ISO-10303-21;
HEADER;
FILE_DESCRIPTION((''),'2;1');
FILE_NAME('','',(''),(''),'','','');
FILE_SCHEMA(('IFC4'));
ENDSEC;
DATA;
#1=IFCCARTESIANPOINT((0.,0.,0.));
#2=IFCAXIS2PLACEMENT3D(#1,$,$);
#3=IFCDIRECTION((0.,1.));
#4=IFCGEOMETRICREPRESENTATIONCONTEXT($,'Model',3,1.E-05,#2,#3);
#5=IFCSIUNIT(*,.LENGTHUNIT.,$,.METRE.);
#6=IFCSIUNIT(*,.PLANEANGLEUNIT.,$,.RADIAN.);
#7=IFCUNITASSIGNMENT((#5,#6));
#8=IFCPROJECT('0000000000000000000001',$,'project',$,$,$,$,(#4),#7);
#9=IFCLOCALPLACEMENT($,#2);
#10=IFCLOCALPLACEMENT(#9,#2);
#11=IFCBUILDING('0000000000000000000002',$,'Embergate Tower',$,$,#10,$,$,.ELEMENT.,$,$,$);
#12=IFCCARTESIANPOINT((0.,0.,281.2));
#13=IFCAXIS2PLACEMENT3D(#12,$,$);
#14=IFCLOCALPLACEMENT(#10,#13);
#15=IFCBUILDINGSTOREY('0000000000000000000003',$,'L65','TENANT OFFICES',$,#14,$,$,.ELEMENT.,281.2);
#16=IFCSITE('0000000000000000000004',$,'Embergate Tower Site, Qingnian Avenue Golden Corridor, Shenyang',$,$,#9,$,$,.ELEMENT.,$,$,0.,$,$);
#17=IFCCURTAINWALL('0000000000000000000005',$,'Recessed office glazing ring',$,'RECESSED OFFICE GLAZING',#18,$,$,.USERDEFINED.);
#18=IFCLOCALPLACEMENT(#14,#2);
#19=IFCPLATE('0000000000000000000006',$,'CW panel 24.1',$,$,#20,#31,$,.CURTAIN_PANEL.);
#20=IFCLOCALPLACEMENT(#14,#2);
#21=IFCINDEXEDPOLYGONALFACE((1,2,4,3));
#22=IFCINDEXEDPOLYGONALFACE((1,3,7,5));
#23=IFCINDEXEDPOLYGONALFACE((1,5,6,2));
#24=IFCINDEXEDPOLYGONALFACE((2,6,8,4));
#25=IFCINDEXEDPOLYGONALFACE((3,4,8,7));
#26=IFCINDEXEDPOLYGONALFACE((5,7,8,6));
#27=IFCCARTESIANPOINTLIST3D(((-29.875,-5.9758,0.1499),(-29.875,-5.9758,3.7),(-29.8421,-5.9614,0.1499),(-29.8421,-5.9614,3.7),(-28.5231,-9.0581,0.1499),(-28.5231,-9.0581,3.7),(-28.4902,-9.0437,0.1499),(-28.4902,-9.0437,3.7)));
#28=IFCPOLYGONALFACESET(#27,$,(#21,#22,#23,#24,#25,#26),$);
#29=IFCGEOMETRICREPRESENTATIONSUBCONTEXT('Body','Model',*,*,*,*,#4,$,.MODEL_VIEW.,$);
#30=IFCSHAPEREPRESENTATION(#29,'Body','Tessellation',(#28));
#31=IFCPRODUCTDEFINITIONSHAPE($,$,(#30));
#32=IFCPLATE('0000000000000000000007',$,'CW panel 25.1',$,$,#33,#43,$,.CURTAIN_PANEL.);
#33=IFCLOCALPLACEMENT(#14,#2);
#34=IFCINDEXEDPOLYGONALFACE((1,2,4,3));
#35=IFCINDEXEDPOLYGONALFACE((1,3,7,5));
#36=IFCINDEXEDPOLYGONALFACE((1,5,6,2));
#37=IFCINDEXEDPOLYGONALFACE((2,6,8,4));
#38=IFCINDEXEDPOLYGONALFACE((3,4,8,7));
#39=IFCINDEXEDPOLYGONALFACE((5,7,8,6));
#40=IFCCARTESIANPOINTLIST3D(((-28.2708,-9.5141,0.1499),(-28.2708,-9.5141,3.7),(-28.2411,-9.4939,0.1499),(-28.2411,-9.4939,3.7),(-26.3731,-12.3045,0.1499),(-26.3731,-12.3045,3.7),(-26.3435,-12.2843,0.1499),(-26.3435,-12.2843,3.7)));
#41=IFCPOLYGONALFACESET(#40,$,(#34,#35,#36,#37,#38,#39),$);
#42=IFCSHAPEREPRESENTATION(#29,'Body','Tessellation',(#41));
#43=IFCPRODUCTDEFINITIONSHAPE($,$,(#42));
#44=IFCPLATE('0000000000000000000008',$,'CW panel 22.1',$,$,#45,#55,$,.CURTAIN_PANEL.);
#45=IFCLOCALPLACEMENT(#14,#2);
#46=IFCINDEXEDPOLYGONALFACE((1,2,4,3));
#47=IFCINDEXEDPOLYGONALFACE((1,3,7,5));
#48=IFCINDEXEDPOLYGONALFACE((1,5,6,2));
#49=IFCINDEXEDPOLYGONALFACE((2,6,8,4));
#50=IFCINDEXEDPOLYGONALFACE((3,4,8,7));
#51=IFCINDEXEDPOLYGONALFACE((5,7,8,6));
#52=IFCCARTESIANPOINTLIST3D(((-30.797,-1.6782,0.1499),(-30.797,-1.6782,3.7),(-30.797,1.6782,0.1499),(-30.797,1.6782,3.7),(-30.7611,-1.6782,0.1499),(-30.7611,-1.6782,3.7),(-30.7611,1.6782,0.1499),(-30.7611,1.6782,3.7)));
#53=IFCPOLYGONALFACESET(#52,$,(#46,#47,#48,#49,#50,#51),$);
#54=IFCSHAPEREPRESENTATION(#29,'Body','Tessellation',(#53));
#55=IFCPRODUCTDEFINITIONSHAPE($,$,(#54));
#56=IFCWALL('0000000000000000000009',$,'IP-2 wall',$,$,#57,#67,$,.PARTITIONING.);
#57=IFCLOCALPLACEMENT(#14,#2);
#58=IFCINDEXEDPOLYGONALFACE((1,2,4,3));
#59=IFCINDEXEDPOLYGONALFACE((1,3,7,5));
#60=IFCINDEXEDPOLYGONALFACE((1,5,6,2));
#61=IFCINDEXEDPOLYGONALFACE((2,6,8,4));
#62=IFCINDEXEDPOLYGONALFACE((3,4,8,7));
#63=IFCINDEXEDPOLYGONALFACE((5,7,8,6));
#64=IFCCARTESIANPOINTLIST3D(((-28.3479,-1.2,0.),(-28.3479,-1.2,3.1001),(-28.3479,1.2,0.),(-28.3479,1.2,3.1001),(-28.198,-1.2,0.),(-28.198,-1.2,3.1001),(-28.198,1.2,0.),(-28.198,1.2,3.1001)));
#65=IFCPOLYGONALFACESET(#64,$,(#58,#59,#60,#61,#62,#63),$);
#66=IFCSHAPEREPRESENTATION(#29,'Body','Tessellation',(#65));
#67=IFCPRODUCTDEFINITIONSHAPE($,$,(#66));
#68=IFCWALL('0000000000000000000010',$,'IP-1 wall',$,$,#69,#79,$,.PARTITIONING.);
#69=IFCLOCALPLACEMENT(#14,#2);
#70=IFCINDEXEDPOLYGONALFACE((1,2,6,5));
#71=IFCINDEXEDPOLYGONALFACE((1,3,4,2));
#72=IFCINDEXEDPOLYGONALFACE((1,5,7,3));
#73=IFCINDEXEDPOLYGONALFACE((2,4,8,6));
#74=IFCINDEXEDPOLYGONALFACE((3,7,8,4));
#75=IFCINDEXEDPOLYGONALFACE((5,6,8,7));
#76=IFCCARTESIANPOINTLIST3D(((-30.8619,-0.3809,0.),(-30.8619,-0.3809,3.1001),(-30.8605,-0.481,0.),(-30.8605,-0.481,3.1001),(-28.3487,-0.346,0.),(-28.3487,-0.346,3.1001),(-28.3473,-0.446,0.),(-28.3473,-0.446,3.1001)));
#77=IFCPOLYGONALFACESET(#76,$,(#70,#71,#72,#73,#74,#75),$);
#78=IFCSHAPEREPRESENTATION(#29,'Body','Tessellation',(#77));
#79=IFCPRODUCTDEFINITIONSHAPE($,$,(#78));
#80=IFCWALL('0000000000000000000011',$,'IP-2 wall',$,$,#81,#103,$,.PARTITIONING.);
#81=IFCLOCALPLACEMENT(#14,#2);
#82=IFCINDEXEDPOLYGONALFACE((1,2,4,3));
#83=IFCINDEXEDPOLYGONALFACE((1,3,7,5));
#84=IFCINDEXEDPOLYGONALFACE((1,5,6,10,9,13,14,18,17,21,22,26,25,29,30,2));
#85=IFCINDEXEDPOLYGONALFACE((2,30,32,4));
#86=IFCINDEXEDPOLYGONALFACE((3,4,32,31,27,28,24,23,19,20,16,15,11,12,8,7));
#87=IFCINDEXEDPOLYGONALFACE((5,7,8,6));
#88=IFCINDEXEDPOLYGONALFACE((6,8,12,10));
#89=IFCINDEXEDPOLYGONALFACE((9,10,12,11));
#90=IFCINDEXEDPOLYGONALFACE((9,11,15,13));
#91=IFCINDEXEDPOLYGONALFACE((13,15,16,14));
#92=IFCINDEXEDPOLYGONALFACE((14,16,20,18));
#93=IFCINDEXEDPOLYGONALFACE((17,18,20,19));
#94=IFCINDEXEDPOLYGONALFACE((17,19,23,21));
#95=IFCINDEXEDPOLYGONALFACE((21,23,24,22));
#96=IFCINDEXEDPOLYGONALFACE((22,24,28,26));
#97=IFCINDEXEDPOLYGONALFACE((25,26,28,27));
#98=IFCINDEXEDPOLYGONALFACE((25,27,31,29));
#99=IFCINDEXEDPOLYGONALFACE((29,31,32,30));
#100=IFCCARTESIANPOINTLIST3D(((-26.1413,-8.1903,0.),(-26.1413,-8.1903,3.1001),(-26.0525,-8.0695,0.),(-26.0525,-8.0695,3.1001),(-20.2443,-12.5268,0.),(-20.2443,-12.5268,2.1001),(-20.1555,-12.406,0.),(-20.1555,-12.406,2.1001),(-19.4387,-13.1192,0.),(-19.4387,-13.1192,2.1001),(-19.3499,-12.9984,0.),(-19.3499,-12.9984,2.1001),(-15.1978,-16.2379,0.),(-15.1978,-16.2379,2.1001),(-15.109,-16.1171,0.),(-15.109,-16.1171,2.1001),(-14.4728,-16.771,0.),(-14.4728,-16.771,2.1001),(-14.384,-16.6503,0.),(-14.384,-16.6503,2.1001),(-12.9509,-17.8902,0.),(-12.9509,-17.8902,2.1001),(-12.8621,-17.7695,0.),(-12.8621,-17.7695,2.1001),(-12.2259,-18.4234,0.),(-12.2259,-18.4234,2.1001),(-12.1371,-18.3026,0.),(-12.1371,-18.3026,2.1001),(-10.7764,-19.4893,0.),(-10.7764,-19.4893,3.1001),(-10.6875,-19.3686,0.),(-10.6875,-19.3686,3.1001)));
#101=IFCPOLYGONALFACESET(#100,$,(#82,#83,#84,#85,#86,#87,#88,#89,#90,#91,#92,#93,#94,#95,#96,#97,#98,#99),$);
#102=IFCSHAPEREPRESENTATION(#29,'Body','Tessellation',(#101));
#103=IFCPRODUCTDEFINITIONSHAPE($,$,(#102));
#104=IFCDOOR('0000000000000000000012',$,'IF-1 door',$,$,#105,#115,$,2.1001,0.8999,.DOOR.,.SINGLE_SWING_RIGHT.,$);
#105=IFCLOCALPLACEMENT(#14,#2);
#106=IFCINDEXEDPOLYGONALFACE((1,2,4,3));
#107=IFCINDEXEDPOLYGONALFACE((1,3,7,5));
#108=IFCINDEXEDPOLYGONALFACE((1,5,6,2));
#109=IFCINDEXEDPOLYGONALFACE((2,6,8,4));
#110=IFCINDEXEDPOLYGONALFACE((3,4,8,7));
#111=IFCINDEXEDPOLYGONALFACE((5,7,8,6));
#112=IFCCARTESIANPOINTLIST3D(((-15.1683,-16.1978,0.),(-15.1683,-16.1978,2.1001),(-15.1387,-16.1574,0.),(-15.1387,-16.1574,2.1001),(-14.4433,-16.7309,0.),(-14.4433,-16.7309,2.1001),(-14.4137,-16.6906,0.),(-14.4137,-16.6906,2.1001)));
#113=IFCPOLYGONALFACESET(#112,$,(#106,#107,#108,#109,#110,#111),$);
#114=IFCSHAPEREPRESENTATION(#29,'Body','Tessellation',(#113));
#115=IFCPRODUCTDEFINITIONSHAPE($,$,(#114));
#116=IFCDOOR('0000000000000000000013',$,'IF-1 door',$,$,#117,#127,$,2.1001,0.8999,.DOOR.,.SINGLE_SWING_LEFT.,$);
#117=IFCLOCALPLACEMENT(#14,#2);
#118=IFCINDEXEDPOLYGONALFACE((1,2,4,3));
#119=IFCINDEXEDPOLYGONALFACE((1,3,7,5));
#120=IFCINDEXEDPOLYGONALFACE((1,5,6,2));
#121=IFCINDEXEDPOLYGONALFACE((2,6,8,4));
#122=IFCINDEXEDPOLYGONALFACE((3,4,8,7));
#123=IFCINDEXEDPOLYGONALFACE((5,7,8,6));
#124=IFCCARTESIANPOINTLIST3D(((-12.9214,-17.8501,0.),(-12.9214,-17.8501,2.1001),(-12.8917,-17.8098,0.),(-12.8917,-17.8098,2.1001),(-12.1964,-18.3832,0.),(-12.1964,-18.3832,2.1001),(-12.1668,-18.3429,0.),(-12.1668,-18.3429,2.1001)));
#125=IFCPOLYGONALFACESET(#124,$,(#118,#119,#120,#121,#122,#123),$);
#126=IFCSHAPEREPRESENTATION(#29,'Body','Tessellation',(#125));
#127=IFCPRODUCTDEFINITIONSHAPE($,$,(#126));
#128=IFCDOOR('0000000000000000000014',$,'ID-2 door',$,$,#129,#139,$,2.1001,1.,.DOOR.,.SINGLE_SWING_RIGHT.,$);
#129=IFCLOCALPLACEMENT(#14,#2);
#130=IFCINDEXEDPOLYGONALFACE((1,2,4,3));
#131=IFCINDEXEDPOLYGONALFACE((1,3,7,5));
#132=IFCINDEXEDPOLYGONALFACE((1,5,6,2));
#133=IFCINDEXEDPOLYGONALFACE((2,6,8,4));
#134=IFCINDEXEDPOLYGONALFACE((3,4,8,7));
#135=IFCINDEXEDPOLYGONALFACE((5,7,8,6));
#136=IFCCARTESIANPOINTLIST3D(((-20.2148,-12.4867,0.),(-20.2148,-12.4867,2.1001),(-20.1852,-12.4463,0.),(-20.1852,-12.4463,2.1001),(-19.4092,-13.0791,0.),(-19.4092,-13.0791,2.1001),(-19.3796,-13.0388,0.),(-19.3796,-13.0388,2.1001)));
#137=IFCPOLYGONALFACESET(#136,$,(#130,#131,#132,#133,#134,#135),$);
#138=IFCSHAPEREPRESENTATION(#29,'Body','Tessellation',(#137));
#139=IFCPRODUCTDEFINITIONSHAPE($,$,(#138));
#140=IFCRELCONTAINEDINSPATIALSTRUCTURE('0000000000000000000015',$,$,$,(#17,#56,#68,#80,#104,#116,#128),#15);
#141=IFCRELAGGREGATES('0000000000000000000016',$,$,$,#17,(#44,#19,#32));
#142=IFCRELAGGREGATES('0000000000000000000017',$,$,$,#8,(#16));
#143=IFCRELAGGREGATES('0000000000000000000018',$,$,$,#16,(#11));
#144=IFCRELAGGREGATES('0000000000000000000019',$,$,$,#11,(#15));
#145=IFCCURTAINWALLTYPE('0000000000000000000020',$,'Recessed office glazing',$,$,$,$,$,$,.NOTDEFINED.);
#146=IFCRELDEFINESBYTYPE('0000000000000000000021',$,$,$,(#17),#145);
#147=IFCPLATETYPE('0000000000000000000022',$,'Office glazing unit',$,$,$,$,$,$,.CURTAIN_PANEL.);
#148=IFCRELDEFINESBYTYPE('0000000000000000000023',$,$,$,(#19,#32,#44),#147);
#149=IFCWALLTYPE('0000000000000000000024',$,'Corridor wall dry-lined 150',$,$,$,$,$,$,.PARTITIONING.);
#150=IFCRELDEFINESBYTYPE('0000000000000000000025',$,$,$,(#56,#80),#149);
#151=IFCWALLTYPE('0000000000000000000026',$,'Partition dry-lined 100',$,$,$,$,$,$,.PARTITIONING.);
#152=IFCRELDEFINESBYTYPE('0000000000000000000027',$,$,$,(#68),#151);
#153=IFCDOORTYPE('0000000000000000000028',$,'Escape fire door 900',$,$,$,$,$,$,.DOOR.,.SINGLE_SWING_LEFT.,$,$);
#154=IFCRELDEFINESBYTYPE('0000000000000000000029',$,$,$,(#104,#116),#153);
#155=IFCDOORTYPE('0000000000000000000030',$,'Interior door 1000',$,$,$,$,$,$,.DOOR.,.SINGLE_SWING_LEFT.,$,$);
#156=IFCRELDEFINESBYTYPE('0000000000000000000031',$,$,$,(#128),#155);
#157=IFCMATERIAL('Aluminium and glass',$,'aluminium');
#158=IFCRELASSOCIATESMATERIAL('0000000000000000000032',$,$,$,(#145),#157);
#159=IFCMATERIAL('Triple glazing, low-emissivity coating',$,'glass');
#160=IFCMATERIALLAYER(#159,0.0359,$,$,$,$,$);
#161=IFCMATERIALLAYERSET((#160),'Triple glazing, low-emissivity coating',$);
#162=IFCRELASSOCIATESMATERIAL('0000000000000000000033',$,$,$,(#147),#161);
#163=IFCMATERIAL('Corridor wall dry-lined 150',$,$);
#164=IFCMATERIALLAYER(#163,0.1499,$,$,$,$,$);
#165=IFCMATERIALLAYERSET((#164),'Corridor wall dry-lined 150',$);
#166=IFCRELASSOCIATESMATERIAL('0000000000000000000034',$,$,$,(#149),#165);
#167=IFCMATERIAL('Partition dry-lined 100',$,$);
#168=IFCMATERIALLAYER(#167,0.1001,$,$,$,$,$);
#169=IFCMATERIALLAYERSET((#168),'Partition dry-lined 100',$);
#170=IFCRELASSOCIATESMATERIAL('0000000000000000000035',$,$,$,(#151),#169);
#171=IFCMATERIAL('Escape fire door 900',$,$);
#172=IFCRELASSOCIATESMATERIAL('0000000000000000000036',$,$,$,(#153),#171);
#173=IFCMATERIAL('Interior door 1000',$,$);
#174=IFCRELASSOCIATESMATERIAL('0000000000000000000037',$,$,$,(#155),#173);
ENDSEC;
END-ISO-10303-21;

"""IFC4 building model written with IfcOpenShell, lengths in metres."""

from ifc_helpers import new_model, si_unit, direction, frame, frame_2d, origin, origin_2d, place, context, subcontext, project, spatial, rectangle, extrude, source, transform, mapped, material, layer, layer_set, type_object, element, fill, aggregate, save


model = new_model("IFC4")

# Units and contexts
model_context = context("Model", 3, precision=1e-05, world=origin(), true_north=direction((0.0, 1.0)))
body_context = subcontext(model_context, "Body", "Model", "MODEL_VIEW")
ifc_project = project(units=[si_unit("LENGTHUNIT", "METRE"), si_unit("PLANEANGLEUNIT", "RADIAN")], contexts=[model_context])

# Site, building, storey
site_placement = place(None, origin())
site = spatial("IfcSite", under=ifc_project, at=site_placement, Name="Embergate Tower Site, Qingnian Avenue Golden Corridor, Shenyang", CompositionType="ELEMENT", RefElevation=0.0)
building_placement = place(site_placement, origin())
building = spatial("IfcBuilding", under=site, at=building_placement, Name="Embergate Tower", CompositionType="ELEMENT")
storey_placement = place(building_placement, frame((0.0, 0.0, 281.2)))
storey = spatial("IfcBuildingStorey", under=building, at=storey_placement, Name="L65", Description="TENANT OFFICES", CompositionType="ELEMENT", Elevation=281.2)

# Curtain wall, plates
ifc_material_1 = material(Name="Aluminium and glass", Category="aluminium")
curtain_wall_type = type_object("IfcCurtainWallType", Name="Recessed office glazing", PredefinedType="NOTDEFINED", material=ifc_material_1)
curtain_wall_placement = place(storey_placement, origin())
curtain_wall = element("IfcCurtainWall", 1, at=curtain_wall_placement, inside=storey, type_object=curtain_wall_type, Name="Recessed office glazing ring", ObjectType="RECESSED OFFICE GLAZING", PredefinedType="USERDEFINED")
ifc_material_2 = material(Name="Triple glazing, low-emissivity coating", Category="glass")
ifc_layer_1 = layer(ifc_material_2, 0.0359)
ifc_layer_set_1 = layer_set([ifc_layer_1], Name="Triple glazing, low-emissivity coating")
plate_type = type_object("IfcPlateType", Name="Office glazing unit", PredefinedType="CURTAIN_PANEL", material=ifc_layer_set_1)
shared_shape_1 = source(origin(), body_context, "Body", "SweptSolid", [
    extrude(rectangle(XDim=3.3657, YDim=0.0359, at=origin_2d()), origin(), (0.0, 0.0, 1.0), 3.55),
])
plate_1_placement = place(storey_placement, frame((-29.1826, -7.5098, 0.1499), z_axis=(0.0, 0.0, 1.0), x_axis=(0.401658, -0.91579, 0.0)))
plate_1 = element("IfcPlate", 2, at=plate_1_placement, type_object=plate_type, Name="CW panel 24.1", PredefinedType="CURTAIN_PANEL", context=body_context, shape_type="MappedRepresentation", body=[
    mapped(shared_shape_1, transform((0.0, 0.0, 0.0))),
])
shared_shape_2 = source(origin(), body_context, "Body", "SweptSolid", [
    extrude(rectangle(XDim=3.3745, YDim=0.0359, at=origin_2d()), origin(), (0.0, 0.0, 1.0), 3.55),
])
plate_2_placement = place(storey_placement, frame((-27.3071, -10.8992, 0.1499), z_axis=(0.0, 0.0, 1.0), x_axis=(0.562348, -0.826901, 0.0)))
plate_2 = element("IfcPlate", 3, at=plate_2_placement, type_object=plate_type, Name="CW panel 25.1", PredefinedType="CURTAIN_PANEL", context=body_context, shape_type="MappedRepresentation", body=[
    mapped(shared_shape_2, transform((0.0, 0.0, 0.0))),
])
shared_shape_3 = source(origin(), body_context, "Body", "SweptSolid", [
    extrude(rectangle(XDim=3.3564, YDim=0.0359, at=origin_2d()), origin(), (0.0, 0.0, 1.0), 3.55),
])
plate_3_placement = place(storey_placement, frame((-30.7791, 0.0, 0.1499), z_axis=(0.0, 0.0, 1.0), x_axis=(0.0, -1.0, 0.0)))
plate_3 = element("IfcPlate", 4, at=plate_3_placement, type_object=plate_type, Name="CW panel 22.1", PredefinedType="CURTAIN_PANEL", context=body_context, shape_type="MappedRepresentation", body=[
    mapped(shared_shape_3, transform((0.0, 0.0, 0.0))),
])
aggregate(curtain_wall, [plate_3, plate_1, plate_2])

# Walls
ifc_material_3 = material(Name="Corridor wall dry-lined 150")
ifc_layer_2 = layer(ifc_material_3, 0.1499)
ifc_layer_set_2 = layer_set([ifc_layer_2], Name="Corridor wall dry-lined 150")
wall_type_1 = type_object("IfcWallType", Name="Corridor wall dry-lined 150", PredefinedType="PARTITIONING", material=ifc_layer_set_2)
shared_shape_4 = source(origin(), body_context, "Body", "SweptSolid", [
    extrude(rectangle(XDim=2.3999, YDim=0.1499, at=frame_2d((1.2, 0.0))), origin(), (0.0, 0.0, 1.0), 3.1001),
])
wall_1_placement = place(storey_placement, frame((-28.2729, -1.2, 0.0), z_axis=(0.0, 0.0, 1.0), x_axis=(0.0, 1.0, 0.0)))
element("IfcWall", 5, at=wall_1_placement, inside=storey, type_object=wall_type_1, Name="IP-2 wall", PredefinedType="PARTITIONING", context=body_context, shape_type="MappedRepresentation", body=[
    mapped(shared_shape_4, transform((0.0, 0.0, 0.0))),
])
ifc_material_4 = material(Name="Partition dry-lined 100")
ifc_layer_3 = layer(ifc_material_4, 0.1001)
ifc_layer_set_3 = layer_set([ifc_layer_3], Name="Partition dry-lined 100")
wall_type_2 = type_object("IfcWallType", Name="Partition dry-lined 100", PredefinedType="PARTITIONING", material=ifc_layer_set_3)
shared_shape_5 = source(origin(), body_context, "Body", "SweptSolid", [
    extrude(rectangle(XDim=2.5134, YDim=0.1001, at=frame_2d((1.2568, 0.0))), origin(), (0.0, 0.0, 1.0), 3.1001),
])
wall_2_placement = place(storey_placement, frame((-28.3479, -0.396, 0.0), z_axis=(0.0, 0.0, 1.0), x_axis=(-0.999904, -0.01389, 0.0)))
element("IfcWall", 6, at=wall_2_placement, inside=storey, type_object=wall_type_2, Name="IP-1 wall", PredefinedType="PARTITIONING", context=body_context, shape_type="MappedRepresentation", body=[
    mapped(shared_shape_5, transform((0.0, 0.0, 0.0))),
])

# Wall, openings, doors
shared_shape_6 = source(origin(), body_context, "Body", "SweptSolid", [
    extrude(rectangle(XDim=19.0723, YDim=0.1499, at=frame_2d((9.5361, 0.0))), origin(), (0.0, 0.0, 1.0), 3.1001),
])
wall_3_placement = place(storey_placement, frame((-26.0969, -8.1299, 0.0), z_axis=(0.0, 0.0, 1.0), x_axis=(0.805619, -0.592434, 0.0)))
wall_3 = element("IfcWall", 7, at=wall_3_placement, inside=storey, type_object=wall_type_1, Name="IP-2 wall", PredefinedType="PARTITIONING", context=body_context, shape_type="MappedRepresentation", body=[
    mapped(shared_shape_6, transform((0.0, 0.0, 0.0))),
])
shared_shape_7 = source(origin(), body_context, "Body", "SweptSolid", [
    extrude(rectangle(XDim=1.0, YDim=2.1001, at=frame_2d((0.5, 1.05))), frame((0.0, 0.085, 0.0), z_axis=(0.0, -1.0, 0.0), x_axis=(1.0, 0.0, 0.0)), (0.0, 0.0, 1.0), 0.1699),
])
opening_1_placement = place(wall_3_placement, frame((7.3198, 0.0, 0.0)))
opening_1 = element("IfcOpeningElement", 8, at=opening_1_placement, cuts=wall_3, PredefinedType="OPENING", context=body_context, shape_type="MappedRepresentation", body=[
    mapped(shared_shape_7, transform((0.0, 0.0, 0.0))),
])
shared_shape_8 = source(origin(), body_context, "Body", "SweptSolid", [
    extrude(rectangle(XDim=0.8999, YDim=2.1001, at=frame_2d((0.45, 1.05))), frame((0.0, 0.085, 0.0), z_axis=(0.0, -1.0, 0.0), x_axis=(1.0, 0.0, 0.0)), (0.0, 0.0, 1.0), 0.1699),
])
opening_2_placement = place(wall_3_placement, frame((13.584, 0.0, 0.0)))
opening_2 = element("IfcOpeningElement", 9, at=opening_2_placement, cuts=wall_3, PredefinedType="OPENING", context=body_context, shape_type="MappedRepresentation", body=[
    mapped(shared_shape_8, transform((0.0, 0.0, 0.0))),
])
opening_3_placement = place(wall_3_placement, frame((16.373, 0.0, 0.0)))
opening_3 = element("IfcOpeningElement", 10, at=opening_3_placement, cuts=wall_3, PredefinedType="OPENING", context=body_context, shape_type="MappedRepresentation", body=[
    mapped(shared_shape_8, transform((0.0, 0.0, 0.0))),
])
ifc_material_5 = material(Name="Escape fire door 900")
door_type_1 = type_object("IfcDoorType", Name="Escape fire door 900", OperationType="SINGLE_SWING_LEFT", PredefinedType="DOOR", material=ifc_material_5)
shared_shape_9 = source(origin(), body_context, "Body", "SweptSolid", [
    extrude(rectangle(XDim=0.8999, YDim=2.1001, at=frame_2d((0.45, 1.05))), frame((0.0, 0.0249, 0.0), z_axis=(0.0, -1.0, 0.0), x_axis=(1.0, 0.0, 0.0)), (0.0, 0.0, 1.0), 0.05),
])
door_1_placement = place(opening_2_placement, origin())
door_1 = element("IfcDoor", 11, at=door_1_placement, inside=storey, type_object=door_type_1, Name="IF-1 door", OperationType="SINGLE_SWING_RIGHT", OverallHeight=2.1001, OverallWidth=0.8999, PredefinedType="DOOR", context=body_context, shape_type="MappedRepresentation", body=[
    mapped(shared_shape_9, transform((0.0, 0.0, 0.0))),
])
fill(opening_2, door_1)
door_2_placement = place(opening_3_placement, origin())
door_2 = element("IfcDoor", 12, at=door_2_placement, inside=storey, type_object=door_type_1, Name="IF-1 door", OperationType="SINGLE_SWING_LEFT", OverallHeight=2.1001, OverallWidth=0.8999, PredefinedType="DOOR", context=body_context, shape_type="MappedRepresentation", body=[
    mapped(shared_shape_9, transform((0.0, 0.0, 0.0))),
])
fill(opening_3, door_2)
ifc_material_6 = material(Name="Interior door 1000")
door_type_2 = type_object("IfcDoorType", Name="Interior door 1000", OperationType="SINGLE_SWING_LEFT", PredefinedType="DOOR", material=ifc_material_6)
shared_shape_10 = source(origin(), body_context, "Body", "SweptSolid", [
    extrude(rectangle(XDim=1.0, YDim=2.1001, at=frame_2d((0.5, 1.05))), frame((0.0, 0.0249, 0.0), z_axis=(0.0, -1.0, 0.0), x_axis=(1.0, 0.0, 0.0)), (0.0, 0.0, 1.0), 0.05),
])
door_3_placement = place(opening_1_placement, origin())
door_3 = element("IfcDoor", 13, at=door_3_placement, inside=storey, type_object=door_type_2, Name="ID-2 door", OperationType="SINGLE_SWING_RIGHT", OverallHeight=2.1001, OverallWidth=1.0, PredefinedType="DOOR", context=body_context, shape_type="MappedRepresentation", body=[
    mapped(shared_shape_10, transform((0.0, 0.0, 0.0))),
])
fill(opening_1, door_3)

save(model, "model.ifc")
